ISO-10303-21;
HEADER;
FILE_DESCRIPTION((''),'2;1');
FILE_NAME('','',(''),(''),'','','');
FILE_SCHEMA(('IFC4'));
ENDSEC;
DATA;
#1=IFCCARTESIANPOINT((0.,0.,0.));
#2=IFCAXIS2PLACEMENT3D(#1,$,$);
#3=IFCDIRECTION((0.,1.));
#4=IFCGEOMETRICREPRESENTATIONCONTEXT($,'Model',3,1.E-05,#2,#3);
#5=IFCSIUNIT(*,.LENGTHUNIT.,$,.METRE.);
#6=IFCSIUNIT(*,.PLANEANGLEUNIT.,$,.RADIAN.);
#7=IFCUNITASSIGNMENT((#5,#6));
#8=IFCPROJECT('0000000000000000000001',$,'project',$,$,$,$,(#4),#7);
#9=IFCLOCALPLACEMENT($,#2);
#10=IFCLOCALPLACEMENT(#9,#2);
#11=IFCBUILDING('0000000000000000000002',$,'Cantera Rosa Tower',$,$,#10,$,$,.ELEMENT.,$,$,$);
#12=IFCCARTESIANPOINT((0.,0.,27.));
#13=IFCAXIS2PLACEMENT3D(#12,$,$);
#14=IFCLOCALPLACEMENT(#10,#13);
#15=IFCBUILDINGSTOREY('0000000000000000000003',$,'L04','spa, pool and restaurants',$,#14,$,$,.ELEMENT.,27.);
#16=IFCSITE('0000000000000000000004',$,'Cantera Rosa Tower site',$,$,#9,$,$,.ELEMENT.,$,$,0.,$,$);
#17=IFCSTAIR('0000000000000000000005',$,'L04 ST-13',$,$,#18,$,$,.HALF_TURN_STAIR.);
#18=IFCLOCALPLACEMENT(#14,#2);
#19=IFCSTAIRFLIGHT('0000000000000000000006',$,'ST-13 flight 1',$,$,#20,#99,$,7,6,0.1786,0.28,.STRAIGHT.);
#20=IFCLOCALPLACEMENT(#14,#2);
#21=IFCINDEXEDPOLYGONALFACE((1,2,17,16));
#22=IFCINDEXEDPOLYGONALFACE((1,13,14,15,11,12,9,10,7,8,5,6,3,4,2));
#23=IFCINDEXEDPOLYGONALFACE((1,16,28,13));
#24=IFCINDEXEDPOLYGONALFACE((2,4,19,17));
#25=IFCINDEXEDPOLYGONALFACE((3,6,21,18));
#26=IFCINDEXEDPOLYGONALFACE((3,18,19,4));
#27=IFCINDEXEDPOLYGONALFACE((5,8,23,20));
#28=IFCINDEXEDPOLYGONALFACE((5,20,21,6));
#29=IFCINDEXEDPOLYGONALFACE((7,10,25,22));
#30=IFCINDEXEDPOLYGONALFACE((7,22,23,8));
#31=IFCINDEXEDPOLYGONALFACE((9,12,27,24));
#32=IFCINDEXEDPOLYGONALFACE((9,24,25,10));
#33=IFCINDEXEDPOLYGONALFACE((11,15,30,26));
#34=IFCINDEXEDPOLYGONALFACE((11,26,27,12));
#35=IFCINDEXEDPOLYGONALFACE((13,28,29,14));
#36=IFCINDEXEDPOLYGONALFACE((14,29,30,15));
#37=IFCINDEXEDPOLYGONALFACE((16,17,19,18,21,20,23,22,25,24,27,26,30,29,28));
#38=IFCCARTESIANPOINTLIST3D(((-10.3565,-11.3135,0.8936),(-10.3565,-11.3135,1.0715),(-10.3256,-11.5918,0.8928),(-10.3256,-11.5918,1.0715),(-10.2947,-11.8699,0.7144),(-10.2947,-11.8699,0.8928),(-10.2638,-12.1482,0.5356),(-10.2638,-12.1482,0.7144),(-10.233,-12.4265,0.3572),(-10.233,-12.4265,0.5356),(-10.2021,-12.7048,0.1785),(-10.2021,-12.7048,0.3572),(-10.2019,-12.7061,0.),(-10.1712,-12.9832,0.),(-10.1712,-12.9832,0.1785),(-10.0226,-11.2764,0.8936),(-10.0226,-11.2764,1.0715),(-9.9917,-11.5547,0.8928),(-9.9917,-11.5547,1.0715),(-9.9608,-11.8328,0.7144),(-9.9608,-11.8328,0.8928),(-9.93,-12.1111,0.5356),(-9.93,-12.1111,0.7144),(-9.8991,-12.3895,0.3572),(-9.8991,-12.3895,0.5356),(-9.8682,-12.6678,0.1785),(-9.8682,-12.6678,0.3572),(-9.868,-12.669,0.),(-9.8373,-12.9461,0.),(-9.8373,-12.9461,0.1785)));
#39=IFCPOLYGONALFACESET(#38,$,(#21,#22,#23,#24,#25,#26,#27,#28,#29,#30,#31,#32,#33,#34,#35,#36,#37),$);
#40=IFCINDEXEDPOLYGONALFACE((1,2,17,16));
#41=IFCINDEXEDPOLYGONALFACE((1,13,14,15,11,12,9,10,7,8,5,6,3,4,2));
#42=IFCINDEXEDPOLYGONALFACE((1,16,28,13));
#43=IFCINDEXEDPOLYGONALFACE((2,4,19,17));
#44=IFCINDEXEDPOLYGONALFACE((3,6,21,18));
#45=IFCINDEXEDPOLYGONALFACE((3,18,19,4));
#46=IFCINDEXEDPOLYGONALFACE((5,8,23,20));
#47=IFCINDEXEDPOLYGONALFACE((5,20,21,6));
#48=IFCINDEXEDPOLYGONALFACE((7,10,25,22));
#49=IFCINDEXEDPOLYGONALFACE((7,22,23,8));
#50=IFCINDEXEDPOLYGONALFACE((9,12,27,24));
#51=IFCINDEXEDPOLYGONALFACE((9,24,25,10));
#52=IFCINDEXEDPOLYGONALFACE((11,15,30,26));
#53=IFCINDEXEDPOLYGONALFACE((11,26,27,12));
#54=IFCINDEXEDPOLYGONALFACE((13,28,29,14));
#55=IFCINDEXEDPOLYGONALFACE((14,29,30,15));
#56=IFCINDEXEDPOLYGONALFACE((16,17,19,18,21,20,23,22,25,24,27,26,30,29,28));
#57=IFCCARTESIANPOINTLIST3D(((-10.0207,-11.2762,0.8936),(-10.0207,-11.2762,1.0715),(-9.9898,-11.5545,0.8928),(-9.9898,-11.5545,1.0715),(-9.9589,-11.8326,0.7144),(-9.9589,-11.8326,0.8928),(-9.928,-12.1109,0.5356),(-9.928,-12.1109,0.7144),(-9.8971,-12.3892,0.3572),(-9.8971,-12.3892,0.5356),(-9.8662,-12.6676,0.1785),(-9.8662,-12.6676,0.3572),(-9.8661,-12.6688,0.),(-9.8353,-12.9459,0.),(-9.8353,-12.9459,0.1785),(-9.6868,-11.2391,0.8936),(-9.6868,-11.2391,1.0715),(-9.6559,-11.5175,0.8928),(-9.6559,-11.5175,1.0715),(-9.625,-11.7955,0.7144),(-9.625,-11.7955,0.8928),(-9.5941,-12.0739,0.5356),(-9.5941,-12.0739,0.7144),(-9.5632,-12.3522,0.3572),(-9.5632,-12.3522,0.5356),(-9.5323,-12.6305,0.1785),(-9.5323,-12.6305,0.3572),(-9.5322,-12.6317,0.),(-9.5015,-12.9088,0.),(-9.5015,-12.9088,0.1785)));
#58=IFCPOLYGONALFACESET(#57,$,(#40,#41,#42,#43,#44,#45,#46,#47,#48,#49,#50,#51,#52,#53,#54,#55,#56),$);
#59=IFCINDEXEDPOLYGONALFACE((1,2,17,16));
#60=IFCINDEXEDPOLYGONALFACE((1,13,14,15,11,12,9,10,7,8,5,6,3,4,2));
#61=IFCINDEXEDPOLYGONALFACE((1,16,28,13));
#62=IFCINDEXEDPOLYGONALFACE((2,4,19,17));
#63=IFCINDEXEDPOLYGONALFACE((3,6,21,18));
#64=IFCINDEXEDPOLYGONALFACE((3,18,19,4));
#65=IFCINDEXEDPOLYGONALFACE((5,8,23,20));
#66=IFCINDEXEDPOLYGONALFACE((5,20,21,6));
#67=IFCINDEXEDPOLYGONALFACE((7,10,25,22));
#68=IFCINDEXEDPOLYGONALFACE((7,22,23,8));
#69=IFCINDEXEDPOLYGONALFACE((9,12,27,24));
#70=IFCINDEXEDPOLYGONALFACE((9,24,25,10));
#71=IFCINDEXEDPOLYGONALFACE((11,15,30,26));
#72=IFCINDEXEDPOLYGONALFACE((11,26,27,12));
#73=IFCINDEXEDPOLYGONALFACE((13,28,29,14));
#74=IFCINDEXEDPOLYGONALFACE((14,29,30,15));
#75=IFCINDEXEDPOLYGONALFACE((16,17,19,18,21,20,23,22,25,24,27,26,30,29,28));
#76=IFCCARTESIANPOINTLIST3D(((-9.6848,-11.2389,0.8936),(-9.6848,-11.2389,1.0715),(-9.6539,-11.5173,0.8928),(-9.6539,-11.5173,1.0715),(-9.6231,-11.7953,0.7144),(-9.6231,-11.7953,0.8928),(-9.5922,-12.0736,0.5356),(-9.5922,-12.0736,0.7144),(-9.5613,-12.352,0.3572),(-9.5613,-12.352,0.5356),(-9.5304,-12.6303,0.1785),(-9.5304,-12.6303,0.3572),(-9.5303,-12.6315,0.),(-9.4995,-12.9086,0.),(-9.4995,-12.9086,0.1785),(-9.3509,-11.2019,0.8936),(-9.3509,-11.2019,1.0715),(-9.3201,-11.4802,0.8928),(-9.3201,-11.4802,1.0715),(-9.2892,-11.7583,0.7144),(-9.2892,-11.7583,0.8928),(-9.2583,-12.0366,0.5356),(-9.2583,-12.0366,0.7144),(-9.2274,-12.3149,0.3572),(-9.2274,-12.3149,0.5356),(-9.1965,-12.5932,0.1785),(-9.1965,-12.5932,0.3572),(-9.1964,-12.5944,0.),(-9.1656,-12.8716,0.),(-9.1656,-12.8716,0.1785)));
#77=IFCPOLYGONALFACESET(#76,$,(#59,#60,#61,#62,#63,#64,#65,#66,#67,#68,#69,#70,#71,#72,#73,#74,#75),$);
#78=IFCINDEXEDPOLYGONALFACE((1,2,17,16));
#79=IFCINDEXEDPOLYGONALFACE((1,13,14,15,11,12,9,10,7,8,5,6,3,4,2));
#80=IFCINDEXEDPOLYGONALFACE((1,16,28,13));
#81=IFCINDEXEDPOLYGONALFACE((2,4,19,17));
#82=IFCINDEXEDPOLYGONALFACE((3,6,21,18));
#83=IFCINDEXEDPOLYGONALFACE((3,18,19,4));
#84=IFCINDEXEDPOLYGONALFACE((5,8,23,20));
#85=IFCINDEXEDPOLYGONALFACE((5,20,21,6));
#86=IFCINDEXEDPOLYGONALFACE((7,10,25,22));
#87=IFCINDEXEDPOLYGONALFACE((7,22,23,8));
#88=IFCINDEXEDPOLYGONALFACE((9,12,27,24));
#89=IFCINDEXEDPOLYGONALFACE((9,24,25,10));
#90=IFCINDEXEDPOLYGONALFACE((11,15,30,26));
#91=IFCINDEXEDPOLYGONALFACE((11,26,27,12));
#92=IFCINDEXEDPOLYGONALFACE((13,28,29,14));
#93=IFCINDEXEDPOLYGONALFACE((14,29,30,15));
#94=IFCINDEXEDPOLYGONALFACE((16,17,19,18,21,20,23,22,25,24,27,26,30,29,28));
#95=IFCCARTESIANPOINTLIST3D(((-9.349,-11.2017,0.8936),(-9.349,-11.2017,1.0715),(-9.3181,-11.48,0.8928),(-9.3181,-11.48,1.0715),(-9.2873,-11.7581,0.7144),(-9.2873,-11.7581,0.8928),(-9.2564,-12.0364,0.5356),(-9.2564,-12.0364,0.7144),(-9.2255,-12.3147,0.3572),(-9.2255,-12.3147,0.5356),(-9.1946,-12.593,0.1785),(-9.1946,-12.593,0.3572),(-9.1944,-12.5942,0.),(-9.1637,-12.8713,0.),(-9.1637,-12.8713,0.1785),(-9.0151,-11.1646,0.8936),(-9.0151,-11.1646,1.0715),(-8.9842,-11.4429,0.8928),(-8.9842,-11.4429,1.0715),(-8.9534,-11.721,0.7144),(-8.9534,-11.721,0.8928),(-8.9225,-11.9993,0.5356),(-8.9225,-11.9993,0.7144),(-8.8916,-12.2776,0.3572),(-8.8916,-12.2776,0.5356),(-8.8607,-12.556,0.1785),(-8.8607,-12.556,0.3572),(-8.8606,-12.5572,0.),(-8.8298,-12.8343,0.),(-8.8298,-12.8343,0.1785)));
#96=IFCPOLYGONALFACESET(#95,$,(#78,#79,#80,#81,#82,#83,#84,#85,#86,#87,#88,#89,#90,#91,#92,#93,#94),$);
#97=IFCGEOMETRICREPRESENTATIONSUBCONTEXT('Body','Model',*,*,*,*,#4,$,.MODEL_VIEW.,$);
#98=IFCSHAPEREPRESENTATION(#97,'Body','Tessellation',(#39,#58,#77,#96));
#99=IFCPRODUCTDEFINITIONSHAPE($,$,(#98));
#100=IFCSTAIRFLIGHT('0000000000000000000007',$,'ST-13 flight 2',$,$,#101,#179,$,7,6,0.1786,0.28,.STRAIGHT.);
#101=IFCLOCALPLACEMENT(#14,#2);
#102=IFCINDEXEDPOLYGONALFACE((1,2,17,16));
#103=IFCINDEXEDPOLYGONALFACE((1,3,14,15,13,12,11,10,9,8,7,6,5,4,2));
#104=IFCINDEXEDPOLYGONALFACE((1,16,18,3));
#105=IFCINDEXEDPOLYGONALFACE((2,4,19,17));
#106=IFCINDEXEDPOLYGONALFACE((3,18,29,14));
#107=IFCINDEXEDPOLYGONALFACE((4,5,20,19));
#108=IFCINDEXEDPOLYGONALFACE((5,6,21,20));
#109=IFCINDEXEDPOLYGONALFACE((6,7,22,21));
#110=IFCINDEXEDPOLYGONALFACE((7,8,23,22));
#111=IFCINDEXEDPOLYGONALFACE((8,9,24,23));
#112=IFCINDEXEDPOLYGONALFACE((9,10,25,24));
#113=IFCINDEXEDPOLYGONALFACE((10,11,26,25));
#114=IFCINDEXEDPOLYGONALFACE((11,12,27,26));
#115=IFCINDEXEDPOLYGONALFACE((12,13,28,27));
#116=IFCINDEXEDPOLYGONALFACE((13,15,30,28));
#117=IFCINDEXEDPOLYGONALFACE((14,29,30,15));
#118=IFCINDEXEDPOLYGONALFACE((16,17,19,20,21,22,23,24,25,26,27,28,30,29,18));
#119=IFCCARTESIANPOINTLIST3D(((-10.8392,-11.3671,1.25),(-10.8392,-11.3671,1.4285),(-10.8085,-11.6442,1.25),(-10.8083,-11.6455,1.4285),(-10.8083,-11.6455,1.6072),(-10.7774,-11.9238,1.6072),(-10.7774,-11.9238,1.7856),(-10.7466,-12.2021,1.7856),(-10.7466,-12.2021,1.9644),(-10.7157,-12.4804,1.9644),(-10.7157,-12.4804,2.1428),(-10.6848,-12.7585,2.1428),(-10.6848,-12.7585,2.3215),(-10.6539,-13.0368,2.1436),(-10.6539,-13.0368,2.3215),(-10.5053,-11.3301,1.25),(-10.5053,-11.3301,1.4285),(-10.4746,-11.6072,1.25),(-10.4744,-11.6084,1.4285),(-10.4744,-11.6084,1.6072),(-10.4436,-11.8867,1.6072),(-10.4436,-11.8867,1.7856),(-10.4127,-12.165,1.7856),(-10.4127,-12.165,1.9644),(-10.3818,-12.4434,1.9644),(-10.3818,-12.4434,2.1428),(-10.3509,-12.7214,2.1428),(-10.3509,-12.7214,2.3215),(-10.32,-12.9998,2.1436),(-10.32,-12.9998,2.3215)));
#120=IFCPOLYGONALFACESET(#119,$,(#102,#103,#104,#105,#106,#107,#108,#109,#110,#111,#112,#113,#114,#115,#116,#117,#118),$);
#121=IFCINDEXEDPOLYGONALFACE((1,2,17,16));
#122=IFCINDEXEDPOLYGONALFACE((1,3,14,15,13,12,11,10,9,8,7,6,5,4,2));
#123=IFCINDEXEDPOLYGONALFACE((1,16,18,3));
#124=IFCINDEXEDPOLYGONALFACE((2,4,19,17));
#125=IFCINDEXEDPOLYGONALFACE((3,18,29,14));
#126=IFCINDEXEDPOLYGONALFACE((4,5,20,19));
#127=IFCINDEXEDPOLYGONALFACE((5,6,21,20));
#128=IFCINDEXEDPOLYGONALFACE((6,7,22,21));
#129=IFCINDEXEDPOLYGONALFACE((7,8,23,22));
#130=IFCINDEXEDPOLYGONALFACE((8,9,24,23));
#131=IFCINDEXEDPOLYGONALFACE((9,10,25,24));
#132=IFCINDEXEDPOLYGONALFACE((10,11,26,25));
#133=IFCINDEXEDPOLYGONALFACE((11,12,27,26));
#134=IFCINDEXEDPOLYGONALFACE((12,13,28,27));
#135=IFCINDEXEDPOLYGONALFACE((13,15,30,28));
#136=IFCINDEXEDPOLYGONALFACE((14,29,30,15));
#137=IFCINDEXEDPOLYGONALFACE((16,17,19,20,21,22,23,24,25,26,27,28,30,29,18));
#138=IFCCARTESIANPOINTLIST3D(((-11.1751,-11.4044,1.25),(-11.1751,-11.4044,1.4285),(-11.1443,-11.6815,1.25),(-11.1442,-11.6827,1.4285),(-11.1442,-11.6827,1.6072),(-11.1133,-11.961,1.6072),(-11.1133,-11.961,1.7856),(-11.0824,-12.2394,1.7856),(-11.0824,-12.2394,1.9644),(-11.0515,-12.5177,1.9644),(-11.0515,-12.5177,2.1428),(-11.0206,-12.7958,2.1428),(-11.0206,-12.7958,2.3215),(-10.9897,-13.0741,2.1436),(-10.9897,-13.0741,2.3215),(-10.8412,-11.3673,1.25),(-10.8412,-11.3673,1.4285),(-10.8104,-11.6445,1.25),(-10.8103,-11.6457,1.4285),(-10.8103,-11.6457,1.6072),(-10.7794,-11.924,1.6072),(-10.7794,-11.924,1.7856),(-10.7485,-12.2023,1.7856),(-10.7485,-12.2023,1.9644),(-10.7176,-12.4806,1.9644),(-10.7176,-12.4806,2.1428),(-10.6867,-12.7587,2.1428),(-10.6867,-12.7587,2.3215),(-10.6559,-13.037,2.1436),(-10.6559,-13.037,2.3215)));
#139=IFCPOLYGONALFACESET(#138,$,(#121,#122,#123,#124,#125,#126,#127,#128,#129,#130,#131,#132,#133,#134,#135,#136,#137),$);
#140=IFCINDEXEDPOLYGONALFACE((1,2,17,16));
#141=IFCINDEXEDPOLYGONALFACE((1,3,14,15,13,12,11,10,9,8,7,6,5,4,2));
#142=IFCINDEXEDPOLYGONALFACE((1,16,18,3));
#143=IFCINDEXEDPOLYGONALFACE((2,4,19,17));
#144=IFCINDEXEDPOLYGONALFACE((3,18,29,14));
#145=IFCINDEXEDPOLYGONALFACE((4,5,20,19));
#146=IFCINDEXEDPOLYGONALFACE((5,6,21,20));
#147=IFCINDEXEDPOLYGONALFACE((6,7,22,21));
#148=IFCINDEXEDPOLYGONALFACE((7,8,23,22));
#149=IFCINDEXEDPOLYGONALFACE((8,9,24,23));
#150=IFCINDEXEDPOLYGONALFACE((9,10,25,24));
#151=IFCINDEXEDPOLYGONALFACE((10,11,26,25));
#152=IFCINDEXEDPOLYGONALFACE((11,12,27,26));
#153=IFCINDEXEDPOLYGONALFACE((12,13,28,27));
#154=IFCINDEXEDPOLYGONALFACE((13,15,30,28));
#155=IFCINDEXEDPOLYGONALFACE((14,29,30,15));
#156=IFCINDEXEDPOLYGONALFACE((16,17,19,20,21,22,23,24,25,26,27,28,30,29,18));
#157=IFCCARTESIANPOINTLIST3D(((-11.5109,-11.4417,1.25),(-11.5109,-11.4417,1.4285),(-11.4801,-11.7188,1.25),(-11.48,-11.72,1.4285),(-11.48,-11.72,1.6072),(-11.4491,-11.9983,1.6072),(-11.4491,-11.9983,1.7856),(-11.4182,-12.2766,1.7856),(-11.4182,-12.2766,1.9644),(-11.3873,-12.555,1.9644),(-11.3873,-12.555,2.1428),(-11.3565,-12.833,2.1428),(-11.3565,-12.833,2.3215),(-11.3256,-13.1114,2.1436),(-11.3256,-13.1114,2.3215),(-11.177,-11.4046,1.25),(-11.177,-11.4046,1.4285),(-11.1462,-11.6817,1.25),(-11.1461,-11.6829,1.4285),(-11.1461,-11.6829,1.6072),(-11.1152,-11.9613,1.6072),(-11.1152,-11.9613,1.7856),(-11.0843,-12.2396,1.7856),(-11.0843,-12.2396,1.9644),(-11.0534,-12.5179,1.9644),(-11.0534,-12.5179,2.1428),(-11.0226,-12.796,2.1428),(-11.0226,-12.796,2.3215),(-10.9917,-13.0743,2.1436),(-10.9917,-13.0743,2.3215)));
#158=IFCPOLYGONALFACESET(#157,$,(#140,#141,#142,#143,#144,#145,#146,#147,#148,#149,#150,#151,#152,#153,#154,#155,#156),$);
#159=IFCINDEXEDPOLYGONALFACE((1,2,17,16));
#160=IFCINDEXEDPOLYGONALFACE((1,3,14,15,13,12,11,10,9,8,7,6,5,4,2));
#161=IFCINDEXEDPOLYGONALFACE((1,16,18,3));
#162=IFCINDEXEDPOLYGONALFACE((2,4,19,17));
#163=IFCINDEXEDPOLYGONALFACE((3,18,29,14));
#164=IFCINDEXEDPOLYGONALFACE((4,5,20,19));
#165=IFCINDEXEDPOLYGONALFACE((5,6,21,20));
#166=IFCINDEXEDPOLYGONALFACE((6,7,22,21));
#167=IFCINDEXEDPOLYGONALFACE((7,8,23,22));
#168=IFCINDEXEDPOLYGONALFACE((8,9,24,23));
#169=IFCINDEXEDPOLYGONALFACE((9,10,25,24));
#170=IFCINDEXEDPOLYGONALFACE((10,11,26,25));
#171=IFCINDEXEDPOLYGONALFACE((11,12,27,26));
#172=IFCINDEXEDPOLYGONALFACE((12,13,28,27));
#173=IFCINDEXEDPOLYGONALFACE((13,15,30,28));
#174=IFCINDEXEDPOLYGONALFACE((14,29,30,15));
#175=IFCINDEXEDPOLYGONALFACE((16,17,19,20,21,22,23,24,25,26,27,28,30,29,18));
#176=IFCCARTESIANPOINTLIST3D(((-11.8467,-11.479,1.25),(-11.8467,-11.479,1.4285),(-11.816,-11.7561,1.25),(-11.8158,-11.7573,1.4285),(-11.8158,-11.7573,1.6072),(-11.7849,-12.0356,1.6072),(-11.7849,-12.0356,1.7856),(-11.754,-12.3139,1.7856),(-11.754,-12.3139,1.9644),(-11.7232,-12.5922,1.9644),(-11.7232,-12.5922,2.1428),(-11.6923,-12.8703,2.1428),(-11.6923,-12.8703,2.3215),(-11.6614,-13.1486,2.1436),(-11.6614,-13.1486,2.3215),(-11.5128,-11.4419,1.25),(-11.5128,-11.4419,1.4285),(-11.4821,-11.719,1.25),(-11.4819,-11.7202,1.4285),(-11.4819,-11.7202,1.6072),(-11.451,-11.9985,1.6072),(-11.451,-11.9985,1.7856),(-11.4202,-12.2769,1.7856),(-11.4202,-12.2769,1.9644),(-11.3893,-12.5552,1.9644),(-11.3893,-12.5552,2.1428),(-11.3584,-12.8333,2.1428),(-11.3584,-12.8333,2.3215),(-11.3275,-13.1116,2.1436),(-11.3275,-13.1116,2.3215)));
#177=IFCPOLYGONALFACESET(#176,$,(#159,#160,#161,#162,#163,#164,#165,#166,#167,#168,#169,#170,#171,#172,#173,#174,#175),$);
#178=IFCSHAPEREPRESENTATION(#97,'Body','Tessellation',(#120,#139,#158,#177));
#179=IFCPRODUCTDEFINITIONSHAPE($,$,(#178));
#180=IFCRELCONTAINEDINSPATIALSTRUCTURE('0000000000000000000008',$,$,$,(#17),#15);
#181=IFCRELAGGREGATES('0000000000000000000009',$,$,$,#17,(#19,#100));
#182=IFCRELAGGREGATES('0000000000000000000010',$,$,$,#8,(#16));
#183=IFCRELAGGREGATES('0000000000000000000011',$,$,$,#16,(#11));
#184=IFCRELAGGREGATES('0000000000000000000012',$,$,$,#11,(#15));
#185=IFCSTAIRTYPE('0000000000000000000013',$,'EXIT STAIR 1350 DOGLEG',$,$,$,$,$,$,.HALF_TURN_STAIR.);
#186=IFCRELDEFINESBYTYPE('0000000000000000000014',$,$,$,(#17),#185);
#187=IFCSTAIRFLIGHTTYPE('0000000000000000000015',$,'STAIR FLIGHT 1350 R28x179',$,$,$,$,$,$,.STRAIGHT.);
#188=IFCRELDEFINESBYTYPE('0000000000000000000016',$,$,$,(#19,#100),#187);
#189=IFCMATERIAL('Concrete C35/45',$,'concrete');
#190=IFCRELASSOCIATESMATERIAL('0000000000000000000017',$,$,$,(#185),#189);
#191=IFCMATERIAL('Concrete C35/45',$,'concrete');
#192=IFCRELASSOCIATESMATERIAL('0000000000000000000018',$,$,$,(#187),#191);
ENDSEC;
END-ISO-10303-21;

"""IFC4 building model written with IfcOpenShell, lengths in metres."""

from ifc_helpers import new_model, si_unit, direction, frame, origin, place, context, subcontext, project, spatial, polyline, outline, extrude, material, type_object, element, aggregate, save


model = new_model("IFC4")

# Units and contexts
model_context = context("Model", 3, precision=1e-05, world=origin(), true_north=direction((0.0, 1.0)))
body_context = subcontext(model_context, "Body", "Model", "MODEL_VIEW")
ifc_project = project(units=[si_unit("LENGTHUNIT", "METRE"), si_unit("PLANEANGLEUNIT", "RADIAN")], contexts=[model_context])

# Site, building, storey
site_placement = place(None, origin())
site = spatial("IfcSite", under=ifc_project, at=site_placement, Name="Cantera Rosa Tower site", CompositionType="ELEMENT", RefElevation=0.0)
building_placement = place(site_placement, origin())
building = spatial("IfcBuilding", under=site, at=building_placement, Name="Cantera Rosa Tower", CompositionType="ELEMENT")
storey_placement = place(building_placement, frame((0.0, 0.0, 27.0)))
storey = spatial("IfcBuildingStorey", under=building, at=storey_placement, Name="L04", Description="spa, pool and restaurants", CompositionType="ELEMENT", Elevation=27.0)

# Stair, stair flights
ifc_material_1 = material(Name="Concrete C35/45", Category="concrete")
stair_type = type_object("IfcStairType", Name="EXIT STAIR 1350 DOGLEG", PredefinedType="HALF_TURN_STAIR", material=ifc_material_1)
stair_placement = place(storey_placement, origin())
stair = element("IfcStair", 1, at=stair_placement, inside=storey, type_object=stair_type, Name="L04 ST-13", PredefinedType="HALF_TURN_STAIR")
ifc_material_2 = material(Name="Concrete C35/45", Category="concrete")
stair_flight_type = type_object("IfcStairFlightType", Name="STAIR FLIGHT 1350 R28x179", PredefinedType="STRAIGHT", material=ifc_material_2)
stair_flight_1_placement = place(storey_placement, frame((-9.5002, -12.9087, 0.0), z_axis=(0.0, 0.0, 1.0), x_axis=(-0.110313, 0.993897, 0.0)))
stair_flight_1 = element("IfcStairFlight", 2, at=stair_flight_1_placement, type_object=stair_flight_type, Name="ST-13 flight 1", NumberOfRisers=7, NumberOfTreads=6, PredefinedType="STRAIGHT", RiserHeight=0.1786, TreadLength=0.28, context=body_context, shape_type="SweptSolid", body=[
    extrude(outline(polyline([(0.0, 0.0), (0.0, 0.1785), (0.28, 0.1785), (0.28, 0.3572), (0.5601, 0.3572), (0.5601, 0.5356), (0.8401, 0.5356), (0.8401, 0.7144), (1.1201, 0.7144), (1.1201, 0.8928), (1.3999, 0.8928), (1.3999, 1.0715), (1.6799, 1.0715), (1.6799, 1.25), (1.6799, 0.8936), (0.2788, 0.0), (0.0, 0.0)])), frame((0.0, 0.675, 0.0), z_axis=(0.0, -1.0, 0.0), x_axis=(1.0, 0.0, 0.0)), (0.0, 0.0, 1.0), 0.3359),
    extrude(outline(polyline([(0.0, 0.0), (0.0, 0.1785), (0.28, 0.1785), (0.28, 0.3572), (0.5601, 0.3572), (0.5601, 0.5356), (0.8401, 0.5356), (0.8401, 0.7144), (1.1201, 0.7144), (1.1201, 0.8928), (1.3999, 0.8928), (1.3999, 1.0715), (1.6799, 1.0715), (1.6799, 1.25), (1.6799, 0.8936), (0.2788, 0.0), (0.0, 0.0)])), frame((0.0, 0.3372, 0.0), z_axis=(0.0, -1.0, 0.0), x_axis=(1.0, 0.0, 0.0)), (0.0, 0.0, 1.0), 0.3359),
    extrude(outline(polyline([(0.0, 0.0), (0.0, 0.1785), (0.28, 0.1785), (0.28, 0.3572), (0.5601, 0.3572), (0.5601, 0.5356), (0.8401, 0.5356), (0.8401, 0.7144), (1.1201, 0.7144), (1.1201, 0.8928), (1.3999, 0.8928), (1.3999, 1.0715), (1.6799, 1.0715), (1.6799, 1.25), (1.6799, 0.8936), (0.2788, 0.0), (0.0, 0.0)])), frame((0.0, -0.0007, 0.0), z_axis=(0.0, -1.0, 0.0), x_axis=(1.0, 0.0, 0.0)), (0.0, 0.0, 1.0), 0.3359),
    extrude(outline(polyline([(0.0, 0.0), (0.0, 0.1785), (0.28, 0.1785), (0.28, 0.3572), (0.5601, 0.3572), (0.5601, 0.5356), (0.8401, 0.5356), (0.8401, 0.7144), (1.1201, 0.7144), (1.1201, 0.8928), (1.3999, 0.8928), (1.3999, 1.0715), (1.6799, 1.0715), (1.6799, 1.25), (1.6799, 0.8936), (0.2788, 0.0), (0.0, 0.0)])), frame((0.0, -0.3386, 0.0), z_axis=(0.0, -1.0, 0.0), x_axis=(1.0, 0.0, 0.0)), (0.0, 0.0, 1.0), 0.3359),
])
stair_flight_2_placement = place(storey_placement, frame((-11.1763, -11.4045, 1.25), z_axis=(0.0, 0.0, 1.0), x_axis=(0.110313, -0.993897, 0.0)))
stair_flight_2 = element("IfcStairFlight", 3, at=stair_flight_2_placement, type_object=stair_flight_type, Name="ST-13 flight 2", NumberOfRisers=7, NumberOfTreads=6, PredefinedType="STRAIGHT", RiserHeight=0.1786, TreadLength=0.28, context=body_context, shape_type="SweptSolid", body=[
    extrude(outline(polyline([(0.0, 0.0), (0.0, 0.1785), (0.28, 0.1785), (0.28, 0.3572), (0.5601, 0.3572), (0.5601, 0.5356), (0.8401, 0.5356), (0.8401, 0.7144), (1.1201, 0.7144), (1.1201, 0.8928), (1.3999, 0.8928), (1.3999, 1.0715), (1.6799, 1.0715), (1.6799, 1.25), (1.6799, 0.8936), (0.2788, 0.0), (0.0, 0.0)])), frame((0.0, 0.675, 0.0), z_axis=(0.0, -1.0, 0.0), x_axis=(1.0, 0.0, 0.0)), (0.0, 0.0, 1.0), 0.3359),
    extrude(outline(polyline([(0.0, 0.0), (0.0, 0.1785), (0.28, 0.1785), (0.28, 0.3572), (0.5601, 0.3572), (0.5601, 0.5356), (0.8401, 0.5356), (0.8401, 0.7144), (1.1201, 0.7144), (1.1201, 0.8928), (1.3999, 0.8928), (1.3999, 1.0715), (1.6799, 1.0715), (1.6799, 1.25), (1.6799, 0.8936), (0.2788, 0.0), (0.0, 0.0)])), frame((0.0, 0.3372, 0.0), z_axis=(0.0, -1.0, 0.0), x_axis=(1.0, 0.0, 0.0)), (0.0, 0.0, 1.0), 0.3359),
    extrude(outline(polyline([(0.0, 0.0), (0.0, 0.1785), (0.28, 0.1785), (0.28, 0.3572), (0.5601, 0.3572), (0.5601, 0.5356), (0.8401, 0.5356), (0.8401, 0.7144), (1.1201, 0.7144), (1.1201, 0.8928), (1.3999, 0.8928), (1.3999, 1.0715), (1.6799, 1.0715), (1.6799, 1.25), (1.6799, 0.8936), (0.2788, 0.0), (0.0, 0.0)])), frame((0.0, -0.0007, 0.0), z_axis=(0.0, -1.0, 0.0), x_axis=(1.0, 0.0, 0.0)), (0.0, 0.0, 1.0), 0.3359),
    extrude(outline(polyline([(0.0, 0.0), (0.0, 0.1785), (0.28, 0.1785), (0.28, 0.3572), (0.5601, 0.3572), (0.5601, 0.5356), (0.8401, 0.5356), (0.8401, 0.7144), (1.1201, 0.7144), (1.1201, 0.8928), (1.3999, 0.8928), (1.3999, 1.0715), (1.6799, 1.0715), (1.6799, 1.25), (1.6799, 0.8936), (0.2788, 0.0), (0.0, 0.0)])), frame((0.0, -0.3386, 0.0), z_axis=(0.0, -1.0, 0.0), x_axis=(1.0, 0.0, 0.0)), (0.0, 0.0, 1.0), 0.3359),
])
aggregate(stair, [stair_flight_1, stair_flight_2])

save(model, "model.ifc")
